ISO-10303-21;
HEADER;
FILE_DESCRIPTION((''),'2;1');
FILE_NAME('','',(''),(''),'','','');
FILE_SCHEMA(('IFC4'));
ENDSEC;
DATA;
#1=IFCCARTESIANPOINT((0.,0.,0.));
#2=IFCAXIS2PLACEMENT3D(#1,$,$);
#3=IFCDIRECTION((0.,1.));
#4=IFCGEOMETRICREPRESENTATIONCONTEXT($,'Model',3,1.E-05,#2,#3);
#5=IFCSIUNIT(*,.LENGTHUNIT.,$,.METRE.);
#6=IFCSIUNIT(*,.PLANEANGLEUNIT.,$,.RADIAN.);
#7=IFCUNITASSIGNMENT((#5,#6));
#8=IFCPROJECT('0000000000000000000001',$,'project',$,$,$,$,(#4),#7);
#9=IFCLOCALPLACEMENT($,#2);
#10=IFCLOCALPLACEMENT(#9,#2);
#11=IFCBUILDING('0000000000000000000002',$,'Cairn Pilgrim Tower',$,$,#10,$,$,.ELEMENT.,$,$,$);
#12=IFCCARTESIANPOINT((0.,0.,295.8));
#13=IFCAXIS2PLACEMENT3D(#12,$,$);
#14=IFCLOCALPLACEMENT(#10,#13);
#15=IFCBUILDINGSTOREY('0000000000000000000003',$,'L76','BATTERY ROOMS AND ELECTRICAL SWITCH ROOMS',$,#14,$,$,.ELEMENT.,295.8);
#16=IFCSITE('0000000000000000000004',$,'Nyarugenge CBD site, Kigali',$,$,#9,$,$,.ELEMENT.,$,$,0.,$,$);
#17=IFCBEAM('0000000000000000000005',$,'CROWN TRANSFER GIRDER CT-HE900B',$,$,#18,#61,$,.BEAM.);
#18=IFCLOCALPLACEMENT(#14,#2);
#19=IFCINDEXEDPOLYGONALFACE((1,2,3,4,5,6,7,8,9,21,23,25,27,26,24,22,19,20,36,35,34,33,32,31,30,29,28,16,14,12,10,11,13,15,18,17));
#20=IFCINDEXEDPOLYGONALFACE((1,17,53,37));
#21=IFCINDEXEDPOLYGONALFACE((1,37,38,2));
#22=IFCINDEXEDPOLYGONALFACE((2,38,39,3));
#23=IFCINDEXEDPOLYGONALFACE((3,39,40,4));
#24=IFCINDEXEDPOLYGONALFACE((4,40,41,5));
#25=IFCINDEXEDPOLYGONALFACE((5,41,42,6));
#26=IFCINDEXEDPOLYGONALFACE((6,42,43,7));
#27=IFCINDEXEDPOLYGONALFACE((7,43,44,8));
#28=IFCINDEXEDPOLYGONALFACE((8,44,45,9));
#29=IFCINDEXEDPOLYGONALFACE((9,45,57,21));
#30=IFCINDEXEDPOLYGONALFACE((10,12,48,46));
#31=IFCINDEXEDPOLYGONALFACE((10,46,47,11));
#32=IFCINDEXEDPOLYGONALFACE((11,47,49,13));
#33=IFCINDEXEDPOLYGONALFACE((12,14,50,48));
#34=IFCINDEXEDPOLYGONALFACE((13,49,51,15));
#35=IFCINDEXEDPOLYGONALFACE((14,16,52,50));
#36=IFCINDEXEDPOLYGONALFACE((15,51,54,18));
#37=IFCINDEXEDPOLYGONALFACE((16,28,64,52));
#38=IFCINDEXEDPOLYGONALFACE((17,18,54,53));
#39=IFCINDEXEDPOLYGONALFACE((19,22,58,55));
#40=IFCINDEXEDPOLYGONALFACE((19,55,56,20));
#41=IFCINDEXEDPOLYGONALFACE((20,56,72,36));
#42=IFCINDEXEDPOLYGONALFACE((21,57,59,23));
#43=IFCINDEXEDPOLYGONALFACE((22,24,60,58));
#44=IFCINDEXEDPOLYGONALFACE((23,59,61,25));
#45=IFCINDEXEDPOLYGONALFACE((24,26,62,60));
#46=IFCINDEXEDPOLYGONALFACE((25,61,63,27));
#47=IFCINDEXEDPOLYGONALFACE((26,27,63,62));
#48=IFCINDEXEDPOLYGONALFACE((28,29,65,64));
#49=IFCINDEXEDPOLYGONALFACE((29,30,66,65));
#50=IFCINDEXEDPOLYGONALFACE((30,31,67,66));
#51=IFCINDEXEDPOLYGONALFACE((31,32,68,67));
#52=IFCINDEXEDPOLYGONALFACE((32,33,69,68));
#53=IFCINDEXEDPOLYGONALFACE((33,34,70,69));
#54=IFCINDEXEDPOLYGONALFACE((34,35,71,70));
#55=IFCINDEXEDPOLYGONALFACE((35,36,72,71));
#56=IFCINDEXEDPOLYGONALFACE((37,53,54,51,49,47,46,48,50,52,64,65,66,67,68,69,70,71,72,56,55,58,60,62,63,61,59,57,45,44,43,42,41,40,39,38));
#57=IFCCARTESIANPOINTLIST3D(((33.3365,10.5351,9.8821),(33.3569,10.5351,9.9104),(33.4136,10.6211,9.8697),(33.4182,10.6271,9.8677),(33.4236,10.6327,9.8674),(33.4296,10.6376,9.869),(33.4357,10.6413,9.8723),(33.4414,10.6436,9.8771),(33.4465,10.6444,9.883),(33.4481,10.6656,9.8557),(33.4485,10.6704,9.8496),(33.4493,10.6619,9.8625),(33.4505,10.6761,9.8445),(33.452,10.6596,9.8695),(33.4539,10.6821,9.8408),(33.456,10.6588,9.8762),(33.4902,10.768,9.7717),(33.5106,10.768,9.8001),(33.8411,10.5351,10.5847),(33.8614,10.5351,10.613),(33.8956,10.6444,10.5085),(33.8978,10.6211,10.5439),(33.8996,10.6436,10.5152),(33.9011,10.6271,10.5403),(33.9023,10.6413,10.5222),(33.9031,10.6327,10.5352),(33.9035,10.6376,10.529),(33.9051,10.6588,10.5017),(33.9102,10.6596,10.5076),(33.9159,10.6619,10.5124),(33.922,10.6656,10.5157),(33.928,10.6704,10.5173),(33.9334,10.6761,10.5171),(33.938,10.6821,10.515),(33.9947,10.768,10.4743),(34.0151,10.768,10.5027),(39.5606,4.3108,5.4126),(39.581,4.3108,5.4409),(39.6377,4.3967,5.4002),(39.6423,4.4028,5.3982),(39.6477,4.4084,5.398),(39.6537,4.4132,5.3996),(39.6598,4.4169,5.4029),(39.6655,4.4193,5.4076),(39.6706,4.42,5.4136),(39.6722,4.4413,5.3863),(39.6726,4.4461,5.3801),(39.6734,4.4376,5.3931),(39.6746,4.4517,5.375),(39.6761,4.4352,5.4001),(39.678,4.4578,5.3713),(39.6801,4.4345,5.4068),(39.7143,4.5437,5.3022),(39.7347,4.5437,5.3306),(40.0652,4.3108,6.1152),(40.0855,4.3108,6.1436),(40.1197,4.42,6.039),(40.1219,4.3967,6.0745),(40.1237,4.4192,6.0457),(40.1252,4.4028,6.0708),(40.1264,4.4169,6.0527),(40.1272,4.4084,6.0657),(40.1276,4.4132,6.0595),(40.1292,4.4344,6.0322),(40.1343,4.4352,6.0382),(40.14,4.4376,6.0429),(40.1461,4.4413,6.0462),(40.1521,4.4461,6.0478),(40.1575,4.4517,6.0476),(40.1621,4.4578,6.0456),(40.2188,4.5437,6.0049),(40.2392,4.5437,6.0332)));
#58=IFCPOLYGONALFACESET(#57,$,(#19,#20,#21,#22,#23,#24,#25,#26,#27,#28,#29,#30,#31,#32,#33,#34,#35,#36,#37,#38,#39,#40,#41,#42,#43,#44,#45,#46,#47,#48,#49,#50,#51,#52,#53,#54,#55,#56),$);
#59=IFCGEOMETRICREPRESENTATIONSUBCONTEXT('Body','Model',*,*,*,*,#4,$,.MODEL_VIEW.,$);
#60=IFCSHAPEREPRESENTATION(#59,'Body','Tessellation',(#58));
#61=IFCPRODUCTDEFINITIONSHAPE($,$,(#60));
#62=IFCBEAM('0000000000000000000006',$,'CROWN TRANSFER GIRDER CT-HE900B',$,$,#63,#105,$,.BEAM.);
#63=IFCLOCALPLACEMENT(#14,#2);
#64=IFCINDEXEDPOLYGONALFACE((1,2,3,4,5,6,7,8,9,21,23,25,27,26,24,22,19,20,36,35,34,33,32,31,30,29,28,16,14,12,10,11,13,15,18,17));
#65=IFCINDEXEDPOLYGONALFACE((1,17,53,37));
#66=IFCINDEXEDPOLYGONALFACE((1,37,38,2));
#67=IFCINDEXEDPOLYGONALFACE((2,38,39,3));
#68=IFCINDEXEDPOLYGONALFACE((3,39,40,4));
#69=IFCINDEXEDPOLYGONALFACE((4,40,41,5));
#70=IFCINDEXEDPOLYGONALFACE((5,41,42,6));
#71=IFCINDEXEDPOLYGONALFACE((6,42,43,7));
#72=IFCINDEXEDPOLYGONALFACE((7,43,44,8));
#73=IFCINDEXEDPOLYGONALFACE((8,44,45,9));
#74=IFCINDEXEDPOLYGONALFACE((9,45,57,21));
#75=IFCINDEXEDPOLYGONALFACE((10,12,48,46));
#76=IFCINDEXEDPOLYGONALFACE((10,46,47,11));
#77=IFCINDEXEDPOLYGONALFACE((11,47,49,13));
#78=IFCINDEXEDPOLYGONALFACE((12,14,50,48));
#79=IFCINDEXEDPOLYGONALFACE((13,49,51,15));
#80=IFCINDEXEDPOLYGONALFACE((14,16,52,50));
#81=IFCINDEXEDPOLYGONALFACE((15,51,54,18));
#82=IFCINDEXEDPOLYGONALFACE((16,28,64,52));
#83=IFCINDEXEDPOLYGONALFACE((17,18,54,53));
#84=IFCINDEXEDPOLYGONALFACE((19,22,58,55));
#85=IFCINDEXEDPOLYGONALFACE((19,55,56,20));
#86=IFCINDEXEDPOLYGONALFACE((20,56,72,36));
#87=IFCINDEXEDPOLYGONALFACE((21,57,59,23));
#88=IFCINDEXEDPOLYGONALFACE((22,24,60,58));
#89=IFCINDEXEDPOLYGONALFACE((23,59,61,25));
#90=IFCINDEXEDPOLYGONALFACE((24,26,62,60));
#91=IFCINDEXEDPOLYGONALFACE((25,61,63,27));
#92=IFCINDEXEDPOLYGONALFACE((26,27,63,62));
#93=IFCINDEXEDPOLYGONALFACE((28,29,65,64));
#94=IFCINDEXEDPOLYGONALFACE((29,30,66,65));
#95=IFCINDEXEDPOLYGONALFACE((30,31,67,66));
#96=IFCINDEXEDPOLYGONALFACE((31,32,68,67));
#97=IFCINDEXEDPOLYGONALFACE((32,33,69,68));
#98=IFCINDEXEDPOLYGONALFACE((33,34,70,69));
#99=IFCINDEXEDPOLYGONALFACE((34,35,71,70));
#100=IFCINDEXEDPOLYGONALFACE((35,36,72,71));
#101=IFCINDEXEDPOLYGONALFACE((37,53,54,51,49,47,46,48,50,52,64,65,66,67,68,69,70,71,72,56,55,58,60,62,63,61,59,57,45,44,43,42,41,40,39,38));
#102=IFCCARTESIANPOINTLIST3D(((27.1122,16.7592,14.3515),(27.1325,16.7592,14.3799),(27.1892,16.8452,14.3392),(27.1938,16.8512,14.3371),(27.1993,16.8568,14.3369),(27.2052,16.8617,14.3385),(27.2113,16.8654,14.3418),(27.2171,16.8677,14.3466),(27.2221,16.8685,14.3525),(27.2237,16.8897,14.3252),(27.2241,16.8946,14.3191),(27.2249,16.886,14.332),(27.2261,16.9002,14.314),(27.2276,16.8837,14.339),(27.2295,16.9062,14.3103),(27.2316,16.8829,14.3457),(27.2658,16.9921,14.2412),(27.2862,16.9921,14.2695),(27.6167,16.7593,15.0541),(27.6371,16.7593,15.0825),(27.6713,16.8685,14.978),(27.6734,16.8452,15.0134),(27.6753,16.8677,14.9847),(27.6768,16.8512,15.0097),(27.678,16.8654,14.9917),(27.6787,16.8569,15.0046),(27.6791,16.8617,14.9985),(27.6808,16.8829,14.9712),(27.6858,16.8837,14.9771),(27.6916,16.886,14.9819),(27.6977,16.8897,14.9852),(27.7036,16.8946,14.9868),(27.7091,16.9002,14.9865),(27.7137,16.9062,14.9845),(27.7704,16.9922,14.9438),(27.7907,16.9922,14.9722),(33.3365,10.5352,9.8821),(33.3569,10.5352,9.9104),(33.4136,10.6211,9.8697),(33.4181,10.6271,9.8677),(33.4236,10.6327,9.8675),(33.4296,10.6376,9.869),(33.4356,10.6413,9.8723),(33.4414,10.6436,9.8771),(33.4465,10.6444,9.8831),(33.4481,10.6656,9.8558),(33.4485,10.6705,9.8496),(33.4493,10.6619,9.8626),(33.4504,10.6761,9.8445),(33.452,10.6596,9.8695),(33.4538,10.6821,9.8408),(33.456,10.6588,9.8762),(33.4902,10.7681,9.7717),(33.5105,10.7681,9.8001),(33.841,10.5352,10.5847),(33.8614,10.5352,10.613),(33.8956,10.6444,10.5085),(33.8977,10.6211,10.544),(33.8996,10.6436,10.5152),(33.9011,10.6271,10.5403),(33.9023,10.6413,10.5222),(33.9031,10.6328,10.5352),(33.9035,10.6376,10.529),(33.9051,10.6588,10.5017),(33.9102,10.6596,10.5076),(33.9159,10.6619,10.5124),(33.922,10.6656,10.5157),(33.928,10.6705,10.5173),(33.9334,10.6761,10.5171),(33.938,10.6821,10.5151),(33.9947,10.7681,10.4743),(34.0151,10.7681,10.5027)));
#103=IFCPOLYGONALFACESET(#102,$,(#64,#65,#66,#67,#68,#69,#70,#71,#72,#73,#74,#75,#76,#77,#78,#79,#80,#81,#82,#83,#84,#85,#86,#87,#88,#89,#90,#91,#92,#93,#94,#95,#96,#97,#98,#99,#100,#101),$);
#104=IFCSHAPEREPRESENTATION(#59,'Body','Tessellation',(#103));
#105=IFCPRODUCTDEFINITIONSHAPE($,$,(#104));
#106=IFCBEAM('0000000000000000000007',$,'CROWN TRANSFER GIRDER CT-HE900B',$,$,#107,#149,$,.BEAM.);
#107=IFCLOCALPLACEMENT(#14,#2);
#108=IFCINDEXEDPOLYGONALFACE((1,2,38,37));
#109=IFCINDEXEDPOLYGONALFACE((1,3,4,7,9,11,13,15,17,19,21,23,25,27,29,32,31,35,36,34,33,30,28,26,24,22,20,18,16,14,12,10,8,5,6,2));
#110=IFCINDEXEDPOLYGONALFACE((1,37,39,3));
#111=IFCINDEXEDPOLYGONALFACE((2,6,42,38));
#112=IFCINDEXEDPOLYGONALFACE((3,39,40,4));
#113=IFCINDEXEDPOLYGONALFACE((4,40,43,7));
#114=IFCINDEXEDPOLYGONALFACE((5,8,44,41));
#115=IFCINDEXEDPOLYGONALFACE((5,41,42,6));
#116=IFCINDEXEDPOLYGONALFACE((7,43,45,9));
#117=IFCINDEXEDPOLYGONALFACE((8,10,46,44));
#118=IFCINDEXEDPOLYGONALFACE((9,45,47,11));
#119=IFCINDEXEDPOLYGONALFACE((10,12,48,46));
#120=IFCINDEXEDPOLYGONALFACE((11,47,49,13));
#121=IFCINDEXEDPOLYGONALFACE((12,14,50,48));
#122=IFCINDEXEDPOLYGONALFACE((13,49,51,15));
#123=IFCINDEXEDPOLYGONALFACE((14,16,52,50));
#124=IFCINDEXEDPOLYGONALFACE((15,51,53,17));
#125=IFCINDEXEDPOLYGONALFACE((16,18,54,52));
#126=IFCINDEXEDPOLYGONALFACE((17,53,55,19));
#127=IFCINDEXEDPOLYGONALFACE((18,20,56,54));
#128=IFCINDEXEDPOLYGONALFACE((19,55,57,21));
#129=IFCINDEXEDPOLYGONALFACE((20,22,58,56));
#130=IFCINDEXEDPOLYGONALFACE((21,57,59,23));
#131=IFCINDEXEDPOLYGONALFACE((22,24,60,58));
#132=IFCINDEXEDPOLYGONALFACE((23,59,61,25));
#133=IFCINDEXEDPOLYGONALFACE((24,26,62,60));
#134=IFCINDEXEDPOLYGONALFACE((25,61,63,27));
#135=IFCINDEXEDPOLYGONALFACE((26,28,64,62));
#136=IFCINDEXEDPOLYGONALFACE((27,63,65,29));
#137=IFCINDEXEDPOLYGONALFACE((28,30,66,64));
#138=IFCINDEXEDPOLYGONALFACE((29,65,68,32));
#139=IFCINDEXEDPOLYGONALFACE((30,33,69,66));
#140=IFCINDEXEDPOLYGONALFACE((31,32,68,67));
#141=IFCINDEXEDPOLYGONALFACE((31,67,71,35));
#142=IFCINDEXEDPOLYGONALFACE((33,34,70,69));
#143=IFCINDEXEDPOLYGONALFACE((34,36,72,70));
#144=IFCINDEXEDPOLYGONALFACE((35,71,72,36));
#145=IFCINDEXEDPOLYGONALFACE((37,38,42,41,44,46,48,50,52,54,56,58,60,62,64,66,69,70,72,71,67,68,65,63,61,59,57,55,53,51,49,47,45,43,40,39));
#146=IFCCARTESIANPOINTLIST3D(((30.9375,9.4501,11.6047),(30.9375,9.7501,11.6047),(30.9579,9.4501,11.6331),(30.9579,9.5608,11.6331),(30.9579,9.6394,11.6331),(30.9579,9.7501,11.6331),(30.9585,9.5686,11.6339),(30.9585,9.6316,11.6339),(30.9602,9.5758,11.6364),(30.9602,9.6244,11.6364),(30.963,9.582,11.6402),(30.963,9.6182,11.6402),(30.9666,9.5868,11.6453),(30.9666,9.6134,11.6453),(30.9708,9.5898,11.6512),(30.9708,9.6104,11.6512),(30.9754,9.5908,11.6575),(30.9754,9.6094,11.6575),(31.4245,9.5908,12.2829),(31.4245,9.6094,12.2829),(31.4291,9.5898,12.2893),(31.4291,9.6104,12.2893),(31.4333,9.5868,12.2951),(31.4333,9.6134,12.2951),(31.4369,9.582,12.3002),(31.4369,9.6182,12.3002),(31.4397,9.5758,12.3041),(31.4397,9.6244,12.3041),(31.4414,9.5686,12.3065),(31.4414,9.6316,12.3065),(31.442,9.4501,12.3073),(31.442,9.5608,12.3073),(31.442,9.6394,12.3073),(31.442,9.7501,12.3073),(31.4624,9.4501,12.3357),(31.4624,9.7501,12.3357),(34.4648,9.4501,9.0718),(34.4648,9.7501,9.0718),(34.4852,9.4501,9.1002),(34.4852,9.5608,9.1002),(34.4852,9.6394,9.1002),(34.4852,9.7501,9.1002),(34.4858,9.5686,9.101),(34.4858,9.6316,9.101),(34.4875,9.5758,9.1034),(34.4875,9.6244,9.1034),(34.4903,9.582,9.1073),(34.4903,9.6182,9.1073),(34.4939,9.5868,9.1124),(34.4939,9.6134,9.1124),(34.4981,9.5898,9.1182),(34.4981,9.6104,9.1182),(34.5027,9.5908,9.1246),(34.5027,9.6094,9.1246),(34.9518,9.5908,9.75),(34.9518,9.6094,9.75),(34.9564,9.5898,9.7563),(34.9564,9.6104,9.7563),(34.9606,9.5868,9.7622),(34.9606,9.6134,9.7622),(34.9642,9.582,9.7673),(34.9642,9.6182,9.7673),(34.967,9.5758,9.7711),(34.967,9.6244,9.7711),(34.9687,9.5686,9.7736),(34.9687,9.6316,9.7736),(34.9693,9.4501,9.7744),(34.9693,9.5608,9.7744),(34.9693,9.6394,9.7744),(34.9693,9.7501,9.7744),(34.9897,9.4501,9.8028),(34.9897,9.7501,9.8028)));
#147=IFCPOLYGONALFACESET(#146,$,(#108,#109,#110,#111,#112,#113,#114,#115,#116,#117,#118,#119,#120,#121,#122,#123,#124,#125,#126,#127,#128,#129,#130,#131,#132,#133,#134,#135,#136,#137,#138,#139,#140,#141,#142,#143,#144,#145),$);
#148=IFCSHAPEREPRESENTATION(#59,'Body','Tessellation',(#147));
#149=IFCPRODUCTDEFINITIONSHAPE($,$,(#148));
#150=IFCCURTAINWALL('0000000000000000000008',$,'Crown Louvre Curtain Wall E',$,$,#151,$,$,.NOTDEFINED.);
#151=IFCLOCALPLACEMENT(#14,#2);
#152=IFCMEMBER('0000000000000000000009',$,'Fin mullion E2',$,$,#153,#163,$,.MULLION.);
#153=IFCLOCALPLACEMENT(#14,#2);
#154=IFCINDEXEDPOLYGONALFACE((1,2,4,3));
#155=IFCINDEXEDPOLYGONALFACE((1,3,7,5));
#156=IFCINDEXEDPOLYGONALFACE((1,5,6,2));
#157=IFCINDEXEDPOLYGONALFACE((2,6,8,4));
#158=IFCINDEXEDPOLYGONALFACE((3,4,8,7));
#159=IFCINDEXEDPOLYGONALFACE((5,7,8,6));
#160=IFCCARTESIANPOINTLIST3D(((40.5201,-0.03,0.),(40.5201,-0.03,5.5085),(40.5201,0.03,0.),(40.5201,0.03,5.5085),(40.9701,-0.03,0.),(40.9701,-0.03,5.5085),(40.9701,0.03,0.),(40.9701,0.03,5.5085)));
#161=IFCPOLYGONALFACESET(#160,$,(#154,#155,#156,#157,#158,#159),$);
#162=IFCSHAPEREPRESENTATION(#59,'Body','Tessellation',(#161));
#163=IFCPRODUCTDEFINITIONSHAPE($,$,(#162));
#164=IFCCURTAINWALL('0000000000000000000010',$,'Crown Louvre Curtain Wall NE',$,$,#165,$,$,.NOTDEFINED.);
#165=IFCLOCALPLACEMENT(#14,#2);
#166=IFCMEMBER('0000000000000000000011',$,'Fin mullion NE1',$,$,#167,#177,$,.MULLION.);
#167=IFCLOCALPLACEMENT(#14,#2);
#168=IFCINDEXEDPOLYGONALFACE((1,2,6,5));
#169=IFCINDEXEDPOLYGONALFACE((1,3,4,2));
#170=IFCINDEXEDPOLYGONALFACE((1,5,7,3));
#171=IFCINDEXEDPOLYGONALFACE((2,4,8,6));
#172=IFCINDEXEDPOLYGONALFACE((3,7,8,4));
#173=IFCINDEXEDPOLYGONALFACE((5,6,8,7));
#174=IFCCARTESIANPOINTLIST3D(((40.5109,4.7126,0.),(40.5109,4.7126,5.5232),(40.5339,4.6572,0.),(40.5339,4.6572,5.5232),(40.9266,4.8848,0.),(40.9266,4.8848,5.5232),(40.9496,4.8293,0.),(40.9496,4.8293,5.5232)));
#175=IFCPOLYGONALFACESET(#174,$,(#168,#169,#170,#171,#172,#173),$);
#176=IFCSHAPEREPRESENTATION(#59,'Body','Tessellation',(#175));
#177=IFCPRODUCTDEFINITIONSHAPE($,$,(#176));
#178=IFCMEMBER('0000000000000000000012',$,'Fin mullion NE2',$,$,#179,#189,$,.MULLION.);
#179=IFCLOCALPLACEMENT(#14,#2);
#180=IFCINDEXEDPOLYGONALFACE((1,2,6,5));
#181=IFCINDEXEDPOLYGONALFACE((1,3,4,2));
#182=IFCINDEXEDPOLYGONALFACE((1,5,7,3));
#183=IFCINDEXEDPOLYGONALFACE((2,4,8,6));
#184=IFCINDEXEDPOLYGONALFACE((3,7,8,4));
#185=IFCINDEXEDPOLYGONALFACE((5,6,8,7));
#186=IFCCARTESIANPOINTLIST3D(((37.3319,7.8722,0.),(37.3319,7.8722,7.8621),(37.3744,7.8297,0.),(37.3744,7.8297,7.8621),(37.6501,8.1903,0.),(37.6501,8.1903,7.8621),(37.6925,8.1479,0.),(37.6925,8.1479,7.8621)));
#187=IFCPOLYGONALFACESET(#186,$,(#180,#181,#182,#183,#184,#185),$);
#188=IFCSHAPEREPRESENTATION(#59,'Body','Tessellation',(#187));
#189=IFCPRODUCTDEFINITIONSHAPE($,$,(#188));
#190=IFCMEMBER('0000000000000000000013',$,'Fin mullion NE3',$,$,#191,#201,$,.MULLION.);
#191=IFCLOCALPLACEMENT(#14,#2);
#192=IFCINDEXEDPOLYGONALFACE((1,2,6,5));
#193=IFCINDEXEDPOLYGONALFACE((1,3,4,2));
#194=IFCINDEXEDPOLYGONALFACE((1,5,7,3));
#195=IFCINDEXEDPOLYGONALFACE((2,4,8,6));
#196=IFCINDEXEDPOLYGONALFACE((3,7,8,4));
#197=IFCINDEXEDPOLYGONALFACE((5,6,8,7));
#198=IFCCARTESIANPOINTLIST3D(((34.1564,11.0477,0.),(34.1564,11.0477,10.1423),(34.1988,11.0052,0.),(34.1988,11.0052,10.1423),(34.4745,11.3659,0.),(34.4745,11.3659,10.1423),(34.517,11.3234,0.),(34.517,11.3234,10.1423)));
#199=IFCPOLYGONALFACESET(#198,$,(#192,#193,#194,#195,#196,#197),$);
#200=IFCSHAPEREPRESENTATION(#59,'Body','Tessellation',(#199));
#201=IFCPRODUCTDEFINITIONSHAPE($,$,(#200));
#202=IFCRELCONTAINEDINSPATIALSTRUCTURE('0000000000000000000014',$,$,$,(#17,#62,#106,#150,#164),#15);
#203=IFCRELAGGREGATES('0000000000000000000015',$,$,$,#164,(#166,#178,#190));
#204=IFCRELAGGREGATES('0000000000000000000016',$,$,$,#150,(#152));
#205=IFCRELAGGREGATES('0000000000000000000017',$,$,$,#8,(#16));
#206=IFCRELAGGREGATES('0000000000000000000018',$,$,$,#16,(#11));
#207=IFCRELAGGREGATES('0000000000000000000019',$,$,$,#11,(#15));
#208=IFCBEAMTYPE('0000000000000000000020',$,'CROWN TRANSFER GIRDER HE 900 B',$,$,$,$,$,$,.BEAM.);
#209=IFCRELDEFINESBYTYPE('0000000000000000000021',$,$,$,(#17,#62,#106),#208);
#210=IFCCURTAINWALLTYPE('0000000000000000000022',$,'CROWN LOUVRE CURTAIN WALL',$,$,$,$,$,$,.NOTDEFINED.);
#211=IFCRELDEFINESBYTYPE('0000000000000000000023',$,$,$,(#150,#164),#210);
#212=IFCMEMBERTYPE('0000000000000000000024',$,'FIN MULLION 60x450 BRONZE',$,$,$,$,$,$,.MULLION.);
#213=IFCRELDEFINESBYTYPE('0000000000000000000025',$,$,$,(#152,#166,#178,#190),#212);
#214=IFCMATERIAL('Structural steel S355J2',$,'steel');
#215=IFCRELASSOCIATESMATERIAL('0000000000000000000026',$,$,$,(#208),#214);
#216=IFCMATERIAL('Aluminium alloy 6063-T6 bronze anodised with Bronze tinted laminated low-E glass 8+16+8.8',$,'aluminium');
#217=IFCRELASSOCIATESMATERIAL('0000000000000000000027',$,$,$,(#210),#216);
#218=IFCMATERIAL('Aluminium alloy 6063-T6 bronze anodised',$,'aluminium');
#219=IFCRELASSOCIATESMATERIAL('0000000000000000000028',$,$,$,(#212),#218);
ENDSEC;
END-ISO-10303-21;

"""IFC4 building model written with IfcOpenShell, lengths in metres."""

from ifc_helpers import new_model, si_unit, direction, frame, origin, origin_2d, place, context, subcontext, project, spatial, rectangle, i_section, extrude, material, material_profile, profile_set, type_object, element, aggregate, save


model = new_model("IFC4")

# Units and contexts
model_context = context("Model", 3, precision=1e-05, world=origin(), true_north=direction((0.0, 1.0)))
body_context = subcontext(model_context, "Body", "Model", "MODEL_VIEW")
ifc_project = project(units=[si_unit("LENGTHUNIT", "METRE"), si_unit("PLANEANGLEUNIT", "RADIAN")], contexts=[model_context])

# Site, building, storey
site_placement = place(None, origin())
site = spatial("IfcSite", under=ifc_project, at=site_placement, Name="Nyarugenge CBD site, Kigali", CompositionType="ELEMENT", RefElevation=0.0)
building_placement = place(site_placement, origin())
building = spatial("IfcBuilding", under=site, at=building_placement, Name="Cairn Pilgrim Tower", CompositionType="ELEMENT")
storey_placement = place(building_placement, frame((0.0, 0.0, 295.8)))
storey = spatial("IfcBuildingStorey", under=building, at=storey_placement, Name="L76", Description="BATTERY ROOMS AND ELECTRICAL SWITCH ROOMS", CompositionType="ELEMENT", Elevation=295.8)

# Shared definitions
ifc_material_1 = material(Name="Structural steel S355J2", Category="steel")

# Beams
ifc_material_profile_1 = material_profile(ifc_material_1, i_section(OverallWidth=0.3, OverallDepth=0.8999, WebThickness=0.0186, FlangeThickness=0.0349, FilletRadius=0.03, at=origin_2d()), Name="HEB 900")
ifc_profile_set_1 = profile_set([ifc_material_profile_1], Name="Structural steel S355J2")
beam_type_1 = type_object("IfcBeamType", Name="CROWN TRANSFER GIRDER HE 900 B", PredefinedType="BEAM", material=ifc_profile_set_1)
for number, where, z_axis, x_axis, name in (
    (1, (39.8999, 4.4272, 5.7229), (-0.630475, 0.6305, 0.452738), (-0.512142, -0.77619, 0.367751), "CROWN TRANSFER GIRDER CT-HE900B"),
    (2, (33.6758, 10.6516, 10.1924), (-0.6305, 0.630475, 0.452738), (-0.512111, -0.77621, 0.367751), "CROWN TRANSFER GIRDER CT-HE900B"),
):
    element("IfcBeam", number, at=place(storey_placement, frame(where, z_axis=z_axis, x_axis=x_axis)), inside=storey, type_object=beam_type_1, Name=name, PredefinedType="BEAM", context=body_context, shape_type="SweptSolid", body=[
        extrude(i_section(OverallWidth=0.3, OverallDepth=0.8999, WebThickness=0.0186, FlangeThickness=0.0349, FilletRadius=0.03, at=origin_2d()), origin(), (0.0, 0.0, 1.0), 9.8721),
    ])
beam_1_placement = place(storey_placement, frame((31.2, 9.6001, 11.9702), z_axis=(0.812268, 0.0, -0.583284), x_axis=(0.0, 1.0, 0.0)))
element("IfcBeam", 3, at=beam_1_placement, inside=storey, type_object=beam_type_1, Name="CROWN TRANSFER GIRDER CT-HE900B", PredefinedType="BEAM", context=body_context, shape_type="SweptSolid", body=[
    extrude(i_section(OverallWidth=0.3, OverallDepth=0.8999, WebThickness=0.0186, FlangeThickness=0.0349, FilletRadius=0.03, at=origin_2d()), origin(), (0.0, 0.0, 1.0), 4.3425),
])

# Curtain wall, member
ifc_material_2 = material(Name="Aluminium alloy 6063-T6 bronze anodised with Bronze tinted laminated low-E glass 8+16+8.8", Category="aluminium")
curtain_wall_type = type_object("IfcCurtainWallType", Name="CROWN LOUVRE CURTAIN WALL", PredefinedType="NOTDEFINED", material=ifc_material_2)
curtain_wall_1_placement = place(storey_placement, origin())
curtain_wall_1 = element("IfcCurtainWall", 4, at=curtain_wall_1_placement, inside=storey, type_object=curtain_wall_type, Name="Crown Louvre Curtain Wall E", PredefinedType="NOTDEFINED")
ifc_material_3 = material(Name="Aluminium alloy 6063-T6 bronze anodised", Category="aluminium")
ifc_material_profile_2 = material_profile(ifc_material_3, rectangle(XDim=0.45, YDim=0.0601, at=origin_2d()), Name="FIN MULLION 60x450 BRONZE")
ifc_profile_set_2 = profile_set([ifc_material_profile_2], Name="Aluminium alloy 6063-T6 bronze anodised")
member_type_1 = type_object("IfcMemberType", Name="FIN MULLION 60x450 BRONZE", PredefinedType="MULLION", material=ifc_profile_set_2)
member_1_placement = place(storey_placement, frame((40.7451, 0.0, 0.0), z_axis=(0.0, 0.0, 1.0), x_axis=(1.0, 0.0, 0.0)))
member_1 = element("IfcMember", 5, at=member_1_placement, type_object=member_type_1, Name="Fin mullion E2", PredefinedType="MULLION", context=body_context, shape_type="SweptSolid", body=[
    extrude(rectangle(XDim=0.45, YDim=0.0601, at=origin_2d()), origin(), (0.0, 0.0, 1.0), 5.5085),
])

# Curtain wall, members
curtain_wall_2_placement = place(storey_placement, origin())
curtain_wall_2 = element("IfcCurtainWall", 6, at=curtain_wall_2_placement, inside=storey, type_object=curtain_wall_type, Name="Crown Louvre Curtain Wall NE", PredefinedType="NOTDEFINED")
member_2_placement = place(storey_placement, frame((40.7302, 4.771, 0.0), z_axis=(0.0, 0.0, 1.0), x_axis=(0.92388, 0.382683, 0.0)))
member_2 = element("IfcMember", 7, at=member_2_placement, type_object=member_type_1, Name="Fin mullion NE1", PredefinedType="MULLION", context=body_context, shape_type="SweptSolid", body=[
    extrude(rectangle(XDim=0.45, YDim=0.0601, at=origin_2d()), origin(), (0.0, 0.0, 1.0), 5.5232),
])
member_3_placement = place(storey_placement, frame((37.5122, 8.01, 0.0), z_axis=(0.0, 0.0, 1.0), x_axis=(0.707107, 0.707107, 0.0)))
member_3 = element("IfcMember", 8, at=member_3_placement, type_object=member_type_1, Name="Fin mullion NE2", PredefinedType="MULLION", context=body_context, shape_type="SweptSolid", body=[
    extrude(rectangle(XDim=0.45, YDim=0.0601, at=origin_2d()), origin(), (0.0, 0.0, 1.0), 7.8621),
])
member_4_placement = place(storey_placement, frame((34.3367, 11.1855, 0.0), z_axis=(0.0, 0.0, 1.0), x_axis=(0.707107, 0.707107, 0.0)))
member_4 = element("IfcMember", 9, at=member_4_placement, type_object=member_type_1, Name="Fin mullion NE3", PredefinedType="MULLION", context=body_context, shape_type="SweptSolid", body=[
    extrude(rectangle(XDim=0.45, YDim=0.0601, at=origin_2d()), origin(), (0.0, 0.0, 1.0), 10.1423),
])

aggregate(curtain_wall_2, [member_2, member_3, member_4])
aggregate(curtain_wall_1, [member_1])

save(model, "model.ifc")
